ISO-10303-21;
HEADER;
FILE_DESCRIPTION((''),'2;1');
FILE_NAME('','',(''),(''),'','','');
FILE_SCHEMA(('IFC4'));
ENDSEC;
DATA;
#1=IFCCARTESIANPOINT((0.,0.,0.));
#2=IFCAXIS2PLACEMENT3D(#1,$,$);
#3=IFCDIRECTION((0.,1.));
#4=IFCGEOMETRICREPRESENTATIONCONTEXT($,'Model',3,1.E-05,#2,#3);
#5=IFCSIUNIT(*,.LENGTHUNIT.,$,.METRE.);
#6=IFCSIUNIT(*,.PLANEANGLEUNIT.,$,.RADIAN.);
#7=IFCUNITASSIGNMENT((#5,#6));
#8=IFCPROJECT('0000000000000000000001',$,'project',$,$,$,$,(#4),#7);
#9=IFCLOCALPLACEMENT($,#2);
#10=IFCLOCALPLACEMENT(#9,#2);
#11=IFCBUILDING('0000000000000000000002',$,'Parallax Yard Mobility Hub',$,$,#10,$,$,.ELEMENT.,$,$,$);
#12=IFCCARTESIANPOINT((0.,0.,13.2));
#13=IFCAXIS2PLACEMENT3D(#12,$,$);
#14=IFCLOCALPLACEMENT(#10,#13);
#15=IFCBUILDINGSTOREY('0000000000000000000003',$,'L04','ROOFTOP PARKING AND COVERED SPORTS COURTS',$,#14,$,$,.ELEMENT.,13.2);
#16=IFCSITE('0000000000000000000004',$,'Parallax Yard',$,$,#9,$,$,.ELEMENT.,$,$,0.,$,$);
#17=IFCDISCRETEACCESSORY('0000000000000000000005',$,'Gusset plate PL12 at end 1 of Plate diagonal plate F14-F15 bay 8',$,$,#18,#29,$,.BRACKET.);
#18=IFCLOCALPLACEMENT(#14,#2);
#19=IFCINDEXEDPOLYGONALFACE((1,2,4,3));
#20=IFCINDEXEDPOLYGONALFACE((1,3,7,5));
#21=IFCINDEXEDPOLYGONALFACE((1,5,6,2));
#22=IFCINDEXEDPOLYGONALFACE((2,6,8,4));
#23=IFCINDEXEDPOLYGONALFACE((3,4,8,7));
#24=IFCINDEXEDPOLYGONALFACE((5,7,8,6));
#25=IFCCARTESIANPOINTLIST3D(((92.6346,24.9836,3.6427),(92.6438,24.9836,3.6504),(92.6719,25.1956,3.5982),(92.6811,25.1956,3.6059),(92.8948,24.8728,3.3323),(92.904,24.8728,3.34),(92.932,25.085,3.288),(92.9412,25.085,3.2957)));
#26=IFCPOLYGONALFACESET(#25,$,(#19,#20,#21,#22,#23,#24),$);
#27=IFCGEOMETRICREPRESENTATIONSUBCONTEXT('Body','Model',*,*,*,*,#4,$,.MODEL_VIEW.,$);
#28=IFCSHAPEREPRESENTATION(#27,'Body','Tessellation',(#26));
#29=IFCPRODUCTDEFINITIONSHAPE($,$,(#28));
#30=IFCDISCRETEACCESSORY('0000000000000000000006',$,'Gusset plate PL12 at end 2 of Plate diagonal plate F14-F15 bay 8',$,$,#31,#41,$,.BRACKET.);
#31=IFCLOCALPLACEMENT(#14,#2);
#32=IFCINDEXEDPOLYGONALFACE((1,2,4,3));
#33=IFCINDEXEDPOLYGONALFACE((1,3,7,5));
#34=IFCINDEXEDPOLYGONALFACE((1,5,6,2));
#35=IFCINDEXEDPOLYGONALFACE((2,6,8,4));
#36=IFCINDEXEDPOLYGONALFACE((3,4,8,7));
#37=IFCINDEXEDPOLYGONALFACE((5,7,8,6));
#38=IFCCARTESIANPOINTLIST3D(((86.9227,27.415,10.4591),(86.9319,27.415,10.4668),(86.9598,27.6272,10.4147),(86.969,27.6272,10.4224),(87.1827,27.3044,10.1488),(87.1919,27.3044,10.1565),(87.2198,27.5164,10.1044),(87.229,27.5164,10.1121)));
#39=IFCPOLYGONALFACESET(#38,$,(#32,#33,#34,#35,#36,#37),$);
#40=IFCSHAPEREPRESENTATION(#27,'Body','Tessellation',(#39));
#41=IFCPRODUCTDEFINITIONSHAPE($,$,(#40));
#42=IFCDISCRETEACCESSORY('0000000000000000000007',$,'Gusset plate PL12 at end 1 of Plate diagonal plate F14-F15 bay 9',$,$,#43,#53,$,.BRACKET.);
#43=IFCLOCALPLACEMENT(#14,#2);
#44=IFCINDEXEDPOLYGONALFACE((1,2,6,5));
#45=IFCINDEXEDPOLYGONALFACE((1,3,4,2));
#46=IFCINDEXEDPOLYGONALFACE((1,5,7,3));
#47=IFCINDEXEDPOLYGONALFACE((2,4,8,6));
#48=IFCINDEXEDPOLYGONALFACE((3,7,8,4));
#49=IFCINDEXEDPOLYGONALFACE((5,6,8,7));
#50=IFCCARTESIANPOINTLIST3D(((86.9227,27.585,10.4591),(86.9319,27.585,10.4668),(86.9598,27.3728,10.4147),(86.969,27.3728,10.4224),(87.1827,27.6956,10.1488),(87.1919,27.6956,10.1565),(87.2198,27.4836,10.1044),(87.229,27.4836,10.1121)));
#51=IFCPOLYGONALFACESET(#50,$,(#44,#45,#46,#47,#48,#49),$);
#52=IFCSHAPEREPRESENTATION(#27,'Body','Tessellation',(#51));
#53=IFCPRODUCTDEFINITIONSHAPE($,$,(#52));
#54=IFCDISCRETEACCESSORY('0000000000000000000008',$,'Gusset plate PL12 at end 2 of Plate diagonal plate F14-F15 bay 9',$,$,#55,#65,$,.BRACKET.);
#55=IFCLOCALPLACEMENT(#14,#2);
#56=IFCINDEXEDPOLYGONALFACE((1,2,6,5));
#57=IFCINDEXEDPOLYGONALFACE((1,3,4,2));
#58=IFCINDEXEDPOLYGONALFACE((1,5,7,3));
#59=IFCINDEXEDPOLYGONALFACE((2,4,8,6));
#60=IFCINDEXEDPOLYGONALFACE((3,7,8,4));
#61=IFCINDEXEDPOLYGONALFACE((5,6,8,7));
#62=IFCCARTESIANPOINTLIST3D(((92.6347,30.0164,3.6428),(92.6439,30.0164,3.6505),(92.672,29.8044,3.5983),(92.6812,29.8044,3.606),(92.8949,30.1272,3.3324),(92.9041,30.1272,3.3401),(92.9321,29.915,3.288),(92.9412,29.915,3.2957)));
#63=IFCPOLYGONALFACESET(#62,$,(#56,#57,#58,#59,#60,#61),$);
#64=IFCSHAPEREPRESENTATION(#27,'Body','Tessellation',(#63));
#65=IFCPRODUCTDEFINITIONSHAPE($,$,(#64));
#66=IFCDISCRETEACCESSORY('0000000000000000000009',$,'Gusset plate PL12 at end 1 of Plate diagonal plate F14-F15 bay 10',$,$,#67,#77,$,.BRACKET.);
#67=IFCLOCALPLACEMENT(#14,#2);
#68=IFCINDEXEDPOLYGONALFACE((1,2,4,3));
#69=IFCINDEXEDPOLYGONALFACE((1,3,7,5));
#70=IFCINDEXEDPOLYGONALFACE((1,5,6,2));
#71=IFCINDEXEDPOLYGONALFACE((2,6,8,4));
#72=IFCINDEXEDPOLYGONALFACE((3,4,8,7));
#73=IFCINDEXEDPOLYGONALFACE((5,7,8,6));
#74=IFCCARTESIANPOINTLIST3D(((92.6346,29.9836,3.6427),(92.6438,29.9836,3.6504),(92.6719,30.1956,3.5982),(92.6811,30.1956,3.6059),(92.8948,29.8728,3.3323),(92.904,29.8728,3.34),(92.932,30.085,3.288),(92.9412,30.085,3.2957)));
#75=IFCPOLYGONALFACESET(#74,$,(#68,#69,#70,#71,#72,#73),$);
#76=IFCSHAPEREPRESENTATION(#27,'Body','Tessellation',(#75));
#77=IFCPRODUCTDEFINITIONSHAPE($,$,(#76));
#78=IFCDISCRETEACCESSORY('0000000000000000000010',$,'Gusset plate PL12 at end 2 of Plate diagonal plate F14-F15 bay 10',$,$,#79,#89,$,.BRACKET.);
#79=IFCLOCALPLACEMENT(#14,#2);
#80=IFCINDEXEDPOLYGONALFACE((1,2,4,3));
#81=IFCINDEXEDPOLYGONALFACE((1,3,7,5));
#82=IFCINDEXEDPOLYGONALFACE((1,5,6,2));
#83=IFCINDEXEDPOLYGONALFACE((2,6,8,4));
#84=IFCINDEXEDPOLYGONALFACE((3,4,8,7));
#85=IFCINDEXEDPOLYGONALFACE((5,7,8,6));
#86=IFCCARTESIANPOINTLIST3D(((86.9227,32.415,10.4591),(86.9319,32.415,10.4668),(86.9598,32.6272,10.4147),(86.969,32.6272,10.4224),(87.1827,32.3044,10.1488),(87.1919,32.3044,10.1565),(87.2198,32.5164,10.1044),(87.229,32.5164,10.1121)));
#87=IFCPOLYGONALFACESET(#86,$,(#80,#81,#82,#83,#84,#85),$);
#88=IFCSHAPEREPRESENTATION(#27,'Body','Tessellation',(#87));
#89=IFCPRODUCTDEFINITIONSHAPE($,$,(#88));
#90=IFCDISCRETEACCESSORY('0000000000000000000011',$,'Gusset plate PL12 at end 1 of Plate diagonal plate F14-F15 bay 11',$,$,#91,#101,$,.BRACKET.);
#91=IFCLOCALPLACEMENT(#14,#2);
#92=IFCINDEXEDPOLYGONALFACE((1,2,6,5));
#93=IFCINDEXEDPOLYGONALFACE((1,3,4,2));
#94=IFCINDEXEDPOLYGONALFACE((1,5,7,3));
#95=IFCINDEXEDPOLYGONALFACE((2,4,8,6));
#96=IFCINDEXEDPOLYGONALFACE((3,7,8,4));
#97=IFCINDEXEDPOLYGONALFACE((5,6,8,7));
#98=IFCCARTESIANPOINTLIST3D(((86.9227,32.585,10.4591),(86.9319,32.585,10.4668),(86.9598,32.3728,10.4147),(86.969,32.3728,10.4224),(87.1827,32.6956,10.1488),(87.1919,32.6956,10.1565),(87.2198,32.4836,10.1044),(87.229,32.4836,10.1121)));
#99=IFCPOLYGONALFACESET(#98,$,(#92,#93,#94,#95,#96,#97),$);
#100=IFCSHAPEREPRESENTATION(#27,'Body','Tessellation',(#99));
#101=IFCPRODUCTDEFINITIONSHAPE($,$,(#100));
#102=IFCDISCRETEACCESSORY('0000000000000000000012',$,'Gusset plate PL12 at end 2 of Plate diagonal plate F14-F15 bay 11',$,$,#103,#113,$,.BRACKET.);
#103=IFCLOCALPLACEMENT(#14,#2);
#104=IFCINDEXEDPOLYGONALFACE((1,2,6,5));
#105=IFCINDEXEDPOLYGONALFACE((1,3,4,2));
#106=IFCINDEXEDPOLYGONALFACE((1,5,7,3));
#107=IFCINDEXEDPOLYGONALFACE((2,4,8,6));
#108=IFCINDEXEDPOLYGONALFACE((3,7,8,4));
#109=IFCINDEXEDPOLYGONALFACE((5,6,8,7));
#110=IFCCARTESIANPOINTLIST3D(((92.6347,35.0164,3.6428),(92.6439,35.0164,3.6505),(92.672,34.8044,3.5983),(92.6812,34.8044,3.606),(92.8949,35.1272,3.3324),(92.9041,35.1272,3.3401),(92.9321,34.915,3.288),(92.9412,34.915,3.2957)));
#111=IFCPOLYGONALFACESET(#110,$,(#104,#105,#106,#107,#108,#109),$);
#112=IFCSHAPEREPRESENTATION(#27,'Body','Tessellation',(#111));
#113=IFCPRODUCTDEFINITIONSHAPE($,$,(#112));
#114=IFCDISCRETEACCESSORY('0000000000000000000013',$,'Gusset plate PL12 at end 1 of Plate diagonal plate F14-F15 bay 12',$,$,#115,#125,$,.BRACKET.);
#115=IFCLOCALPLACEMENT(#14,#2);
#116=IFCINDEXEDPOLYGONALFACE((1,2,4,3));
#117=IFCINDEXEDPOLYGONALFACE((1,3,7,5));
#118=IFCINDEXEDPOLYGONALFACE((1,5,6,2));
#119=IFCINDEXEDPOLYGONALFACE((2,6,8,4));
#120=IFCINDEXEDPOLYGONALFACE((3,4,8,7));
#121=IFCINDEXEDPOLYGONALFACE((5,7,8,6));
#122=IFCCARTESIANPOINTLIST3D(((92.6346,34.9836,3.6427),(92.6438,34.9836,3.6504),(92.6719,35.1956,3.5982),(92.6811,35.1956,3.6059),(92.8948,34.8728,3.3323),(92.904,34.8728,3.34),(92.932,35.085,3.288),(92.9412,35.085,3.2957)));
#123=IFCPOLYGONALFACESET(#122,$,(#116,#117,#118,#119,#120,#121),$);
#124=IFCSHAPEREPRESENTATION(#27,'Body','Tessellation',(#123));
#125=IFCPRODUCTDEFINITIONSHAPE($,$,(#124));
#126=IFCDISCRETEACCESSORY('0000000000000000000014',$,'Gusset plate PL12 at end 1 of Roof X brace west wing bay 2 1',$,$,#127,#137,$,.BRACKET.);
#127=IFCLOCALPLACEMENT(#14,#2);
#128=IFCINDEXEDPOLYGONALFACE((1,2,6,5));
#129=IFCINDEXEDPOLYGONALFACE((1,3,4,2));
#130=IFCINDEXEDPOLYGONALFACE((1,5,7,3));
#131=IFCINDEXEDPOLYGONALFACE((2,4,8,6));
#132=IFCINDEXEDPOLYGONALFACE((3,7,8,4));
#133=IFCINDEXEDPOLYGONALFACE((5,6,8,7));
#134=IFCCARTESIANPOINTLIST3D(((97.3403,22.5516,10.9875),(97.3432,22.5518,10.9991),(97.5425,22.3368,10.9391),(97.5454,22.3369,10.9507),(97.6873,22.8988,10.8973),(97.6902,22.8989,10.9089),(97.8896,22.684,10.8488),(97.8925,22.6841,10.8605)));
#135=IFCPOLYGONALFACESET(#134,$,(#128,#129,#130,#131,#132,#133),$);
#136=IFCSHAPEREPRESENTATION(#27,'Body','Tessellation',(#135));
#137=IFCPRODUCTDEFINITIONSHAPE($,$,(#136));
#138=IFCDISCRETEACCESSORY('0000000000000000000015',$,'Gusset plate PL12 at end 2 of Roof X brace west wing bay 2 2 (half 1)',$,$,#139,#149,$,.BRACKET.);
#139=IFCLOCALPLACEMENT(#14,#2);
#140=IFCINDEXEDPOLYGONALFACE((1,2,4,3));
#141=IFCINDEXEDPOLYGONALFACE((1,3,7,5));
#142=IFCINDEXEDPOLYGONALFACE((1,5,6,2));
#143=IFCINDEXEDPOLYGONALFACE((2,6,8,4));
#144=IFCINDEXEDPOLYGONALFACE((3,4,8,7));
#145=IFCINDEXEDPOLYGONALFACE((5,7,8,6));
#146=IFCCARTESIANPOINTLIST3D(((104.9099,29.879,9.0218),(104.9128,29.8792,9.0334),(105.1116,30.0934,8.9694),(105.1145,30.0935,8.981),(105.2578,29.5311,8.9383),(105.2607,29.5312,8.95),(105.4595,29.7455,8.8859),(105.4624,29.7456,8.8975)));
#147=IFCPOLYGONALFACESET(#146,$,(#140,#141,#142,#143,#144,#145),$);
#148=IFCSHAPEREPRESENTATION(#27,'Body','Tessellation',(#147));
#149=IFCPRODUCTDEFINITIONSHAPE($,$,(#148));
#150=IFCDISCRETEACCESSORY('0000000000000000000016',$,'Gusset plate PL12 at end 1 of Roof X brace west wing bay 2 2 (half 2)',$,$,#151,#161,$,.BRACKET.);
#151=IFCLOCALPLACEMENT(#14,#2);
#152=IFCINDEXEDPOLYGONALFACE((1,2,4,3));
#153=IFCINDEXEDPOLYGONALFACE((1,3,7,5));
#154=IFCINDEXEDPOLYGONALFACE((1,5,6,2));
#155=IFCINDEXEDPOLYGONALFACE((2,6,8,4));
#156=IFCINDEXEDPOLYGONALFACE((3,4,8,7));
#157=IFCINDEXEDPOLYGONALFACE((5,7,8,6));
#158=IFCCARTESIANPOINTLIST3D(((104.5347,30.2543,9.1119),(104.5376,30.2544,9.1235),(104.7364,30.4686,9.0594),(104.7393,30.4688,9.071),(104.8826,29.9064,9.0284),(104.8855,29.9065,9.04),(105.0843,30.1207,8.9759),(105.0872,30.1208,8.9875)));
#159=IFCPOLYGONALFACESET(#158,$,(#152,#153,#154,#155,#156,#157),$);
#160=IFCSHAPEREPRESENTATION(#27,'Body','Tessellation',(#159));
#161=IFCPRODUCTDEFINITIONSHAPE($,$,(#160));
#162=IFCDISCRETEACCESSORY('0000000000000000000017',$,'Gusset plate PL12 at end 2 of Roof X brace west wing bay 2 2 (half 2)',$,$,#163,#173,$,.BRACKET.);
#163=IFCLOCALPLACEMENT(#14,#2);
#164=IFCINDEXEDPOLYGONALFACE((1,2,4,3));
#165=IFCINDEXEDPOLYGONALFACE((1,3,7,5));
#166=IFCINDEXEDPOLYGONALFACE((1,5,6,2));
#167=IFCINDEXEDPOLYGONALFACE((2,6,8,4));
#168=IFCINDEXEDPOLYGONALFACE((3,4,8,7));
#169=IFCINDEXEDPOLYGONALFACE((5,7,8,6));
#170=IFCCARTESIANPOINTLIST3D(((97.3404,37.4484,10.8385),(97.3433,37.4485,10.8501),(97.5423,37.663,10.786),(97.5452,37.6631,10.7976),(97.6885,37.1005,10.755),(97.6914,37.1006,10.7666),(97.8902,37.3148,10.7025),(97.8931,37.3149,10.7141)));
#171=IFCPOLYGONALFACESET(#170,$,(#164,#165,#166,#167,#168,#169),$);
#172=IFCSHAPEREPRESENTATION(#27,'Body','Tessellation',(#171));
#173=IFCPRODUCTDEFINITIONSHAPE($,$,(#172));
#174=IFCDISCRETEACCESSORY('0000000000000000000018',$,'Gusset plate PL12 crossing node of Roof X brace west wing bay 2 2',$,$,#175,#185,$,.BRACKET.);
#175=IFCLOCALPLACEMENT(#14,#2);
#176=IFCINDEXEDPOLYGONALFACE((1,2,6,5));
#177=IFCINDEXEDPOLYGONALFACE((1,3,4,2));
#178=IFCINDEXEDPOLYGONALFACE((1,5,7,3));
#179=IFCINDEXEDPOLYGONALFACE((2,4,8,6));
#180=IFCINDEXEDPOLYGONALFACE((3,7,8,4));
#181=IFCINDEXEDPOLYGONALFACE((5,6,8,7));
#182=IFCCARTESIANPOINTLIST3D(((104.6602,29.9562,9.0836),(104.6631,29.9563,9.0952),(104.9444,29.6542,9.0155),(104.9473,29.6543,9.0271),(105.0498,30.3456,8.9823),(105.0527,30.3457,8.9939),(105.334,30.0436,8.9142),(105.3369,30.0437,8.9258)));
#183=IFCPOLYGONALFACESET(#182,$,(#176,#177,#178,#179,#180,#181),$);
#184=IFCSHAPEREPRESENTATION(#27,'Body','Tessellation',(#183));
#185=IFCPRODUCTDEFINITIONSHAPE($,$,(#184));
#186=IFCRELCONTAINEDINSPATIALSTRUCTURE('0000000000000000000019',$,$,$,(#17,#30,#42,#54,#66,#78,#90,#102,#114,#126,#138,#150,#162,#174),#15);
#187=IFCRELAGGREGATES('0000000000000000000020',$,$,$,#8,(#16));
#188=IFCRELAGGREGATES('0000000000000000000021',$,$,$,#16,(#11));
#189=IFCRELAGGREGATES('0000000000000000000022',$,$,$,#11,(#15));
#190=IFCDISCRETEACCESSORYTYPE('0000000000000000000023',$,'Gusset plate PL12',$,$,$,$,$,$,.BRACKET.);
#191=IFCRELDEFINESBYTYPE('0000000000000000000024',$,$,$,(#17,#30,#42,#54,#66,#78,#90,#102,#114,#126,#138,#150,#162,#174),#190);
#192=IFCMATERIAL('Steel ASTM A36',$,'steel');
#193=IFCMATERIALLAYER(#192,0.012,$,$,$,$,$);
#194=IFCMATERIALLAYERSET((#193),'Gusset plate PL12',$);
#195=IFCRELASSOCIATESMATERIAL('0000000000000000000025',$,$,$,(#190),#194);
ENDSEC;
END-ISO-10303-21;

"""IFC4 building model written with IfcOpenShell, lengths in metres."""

from ifc_helpers import new_model, si_unit, direction, frame, origin, place, context, subcontext, project, spatial, polyline, outline, extrude, material, layer, layer_set, type_object, element, save


model = new_model("IFC4")

# Units and contexts
model_context = context("Model", 3, precision=1e-05, world=origin(), true_north=direction((0.0, 1.0)))
body_context = subcontext(model_context, "Body", "Model", "MODEL_VIEW")
ifc_project = project(units=[si_unit("LENGTHUNIT", "METRE"), si_unit("PLANEANGLEUNIT", "RADIAN")], contexts=[model_context])

# Site, building, storey
site_placement = place(None, origin())
site = spatial("IfcSite", under=ifc_project, at=site_placement, Name="Parallax Yard", CompositionType="ELEMENT", RefElevation=0.0)
building_placement = place(site_placement, origin())
building = spatial("IfcBuilding", under=site, at=building_placement, Name="Parallax Yard Mobility Hub", CompositionType="ELEMENT")
storey_placement = place(building_placement, frame((0.0, 0.0, 13.2)))
storey = spatial("IfcBuildingStorey", under=building, at=storey_placement, Name="L04", Description="ROOFTOP PARKING AND COVERED SPORTS COURTS", CompositionType="ELEMENT", Elevation=13.2)

# Discrete accessories
ifc_material_1 = material(Name="Steel ASTM A36", Category="steel")
ifc_layer = layer(ifc_material_1, 0.012)
ifc_layer_set = layer_set([ifc_layer], Name="Gusset plate PL12")
discrete_accessory_type = type_object("IfcDiscreteAccessoryType", Name="Gusset plate PL12", PredefinedType="BRACKET", material=ifc_layer_set)
discrete_accessory_1_placement = place(storey_placement, frame((92.6438, 24.9836, 3.6504), z_axis=(0.766351, 0.00006, 0.642423), x_axis=(0.619648, -0.263975, -0.739157)))
element("IfcDiscreteAccessory", 1, at=discrete_accessory_1_placement, inside=storey, type_object=discrete_accessory_type, Name="Gusset plate PL12 at end 1 of Plate diagonal plate F14-F15 bay 8", PredefinedType="BRACKET", context=body_context, shape_type="SweptSolid", body=[
    extrude(outline(polyline([(0.0, 0.0), (0.4199, 0.0), (0.4197, 0.2199), (0.0, 0.2197), (0.0, 0.0)])), origin(), (0.0, 0.0, -1.0), 0.012),
])
discrete_accessory_2_placement = place(storey_placement, frame((87.229, 27.5164, 10.1121), z_axis=(0.766561, 0.000412, 0.642172), x_axis=(-0.61946, 0.26407, 0.739281)))
element("IfcDiscreteAccessory", 2, at=discrete_accessory_2_placement, inside=storey, type_object=discrete_accessory_type, Name="Gusset plate PL12 at end 2 of Plate diagonal plate F14-F15 bay 8", PredefinedType="BRACKET", context=body_context, shape_type="SweptSolid", body=[
    extrude(outline(polyline([(0.0, 0.0), (0.4197, 0.0), (0.4195, 0.2199), (-0.0001, 0.2197), (0.0, 0.0)])), origin(), (0.0, 0.0, -1.0), 0.012),
])
discrete_accessory_3_placement = place(storey_placement, frame((87.1919, 27.6956, 10.1565), z_axis=(0.766561, -0.000412, 0.642172), x_axis=(-0.619555, -0.263529, 0.739394)))
element("IfcDiscreteAccessory", 3, at=discrete_accessory_3_placement, inside=storey, type_object=discrete_accessory_type, Name="Gusset plate PL12 at end 1 of Plate diagonal plate F14-F15 bay 9", PredefinedType="BRACKET", context=body_context, shape_type="SweptSolid", body=[
    extrude(outline(polyline([(0.0, 0.0), (0.4197, 0.0), (0.4197, 0.2199), (0.0, 0.2197), (0.0, 0.0)])), origin(), (0.0, 0.0, -1.0), 0.012),
])
discrete_accessory_4_placement = place(storey_placement, frame((92.6812, 29.8044, 3.606), z_axis=(0.766351, -0.00006, 0.642423), x_axis=(0.619726, 0.263529, -0.739251)))
element("IfcDiscreteAccessory", 4, at=discrete_accessory_4_placement, inside=storey, type_object=discrete_accessory_type, Name="Gusset plate PL12 at end 2 of Plate diagonal plate F14-F15 bay 9", PredefinedType="BRACKET", context=body_context, shape_type="SweptSolid", body=[
    extrude(outline(polyline([(0.0, 0.0), (0.4197, 0.0), (0.4197, 0.2199), (-0.0002, 0.2197), (0.0, 0.0)])), origin(), (0.0, 0.0, -1.0), 0.012),
])
discrete_accessory_5_placement = place(storey_placement, frame((92.6438, 29.9836, 3.6504), z_axis=(0.766351, 0.00006, 0.642423), x_axis=(0.619648, -0.263975, -0.739157)))
element("IfcDiscreteAccessory", 5, at=discrete_accessory_5_placement, inside=storey, type_object=discrete_accessory_type, Name="Gusset plate PL12 at end 1 of Plate diagonal plate F14-F15 bay 10", PredefinedType="BRACKET", context=body_context, shape_type="SweptSolid", body=[
    extrude(outline(polyline([(0.0, 0.0), (0.4199, 0.0), (0.4197, 0.2199), (0.0, 0.2197), (0.0, 0.0)])), origin(), (0.0, 0.0, -1.0), 0.012),
])
discrete_accessory_6_placement = place(storey_placement, frame((87.229, 32.5164, 10.1121), z_axis=(0.766561, 0.000412, 0.642172), x_axis=(-0.61946, 0.26407, 0.739281)))
element("IfcDiscreteAccessory", 6, at=discrete_accessory_6_placement, inside=storey, type_object=discrete_accessory_type, Name="Gusset plate PL12 at end 2 of Plate diagonal plate F14-F15 bay 10", PredefinedType="BRACKET", context=body_context, shape_type="SweptSolid", body=[
    extrude(outline(polyline([(0.0, 0.0), (0.4197, 0.0), (0.4195, 0.2199), (-0.0001, 0.2197), (0.0, 0.0)])), origin(), (0.0, 0.0, -1.0), 0.012),
])
discrete_accessory_7_placement = place(storey_placement, frame((87.1919, 32.6956, 10.1565), z_axis=(0.766561, -0.000412, 0.642172), x_axis=(-0.619555, -0.263529, 0.739394)))
element("IfcDiscreteAccessory", 7, at=discrete_accessory_7_placement, inside=storey, type_object=discrete_accessory_type, Name="Gusset plate PL12 at end 1 of Plate diagonal plate F14-F15 bay 11", PredefinedType="BRACKET", context=body_context, shape_type="SweptSolid", body=[
    extrude(outline(polyline([(0.0, 0.0), (0.4197, 0.0), (0.4197, 0.2199), (0.0, 0.2197), (0.0, 0.0)])), origin(), (0.0, 0.0, -1.0), 0.012),
])
discrete_accessory_8_placement = place(storey_placement, frame((92.6812, 34.8044, 3.606), z_axis=(0.766351, -0.00006, 0.642423), x_axis=(0.619726, 0.263529, -0.739251)))
element("IfcDiscreteAccessory", 8, at=discrete_accessory_8_placement, inside=storey, type_object=discrete_accessory_type, Name="Gusset plate PL12 at end 2 of Plate diagonal plate F14-F15 bay 11", PredefinedType="BRACKET", context=body_context, shape_type="SweptSolid", body=[
    extrude(outline(polyline([(0.0, 0.0), (0.4197, 0.0), (0.4197, 0.2199), (-0.0002, 0.2197), (0.0, 0.0)])), origin(), (0.0, 0.0, -1.0), 0.012),
])
discrete_accessory_9_placement = place(storey_placement, frame((92.6438, 34.9836, 3.6504), z_axis=(0.766351, 0.00006, 0.642423), x_axis=(0.619648, -0.263975, -0.739157)))
element("IfcDiscreteAccessory", 9, at=discrete_accessory_9_placement, inside=storey, type_object=discrete_accessory_type, Name="Gusset plate PL12 at end 1 of Plate diagonal plate F14-F15 bay 12", PredefinedType="BRACKET", context=body_context, shape_type="SweptSolid", body=[
    extrude(outline(polyline([(0.0, 0.0), (0.4199, 0.0), (0.4197, 0.2199), (0.0, 0.2197), (0.0, 0.0)])), origin(), (0.0, 0.0, -1.0), 0.012),
])
discrete_accessory_10_placement = place(storey_placement, frame((97.6902, 22.8989, 10.9089), z_axis=(0.242587, 0.00957, 0.970083), x_axis=(-0.695253, -0.695674, 0.180724)))
element("IfcDiscreteAccessory", 10, at=discrete_accessory_10_placement, inside=storey, type_object=discrete_accessory_type, Name="Gusset plate PL12 at end 1 of Roof X brace west wing bay 2 1", PredefinedType="BRACKET", context=body_context, shape_type="SweptSolid", body=[
    extrude(outline(polyline([(0.0, 0.0), (0.499, 0.0), (0.4992, 0.299), (0.0, 0.2991), (0.0, 0.0)])), origin(), (0.0, 0.0, -1.0), 0.012),
])
for number, where, z_axis, x_axis, name in (
    (11, (105.4624, 29.7456, 8.8975), (0.242375, 0.009542, 0.970136), (-0.697139, 0.697139, 0.167313), "Gusset plate PL12 at end 2 of Roof X brace west wing bay 2 2 (half 1)"),
    (12, (104.5376, 30.2544, 9.1235), (0.242375, 0.009542, 0.970136), (0.697139, -0.697139, -0.167313), "Gusset plate PL12 at end 1 of Roof X brace west wing bay 2 2 (half 2)"),
):
    element("IfcDiscreteAccessory", number, at=place(storey_placement, frame(where, z_axis=z_axis, x_axis=x_axis)), inside=storey, type_object=discrete_accessory_type, Name=name, PredefinedType="BRACKET", context=body_context, shape_type="SweptSolid", body=[
        extrude(outline(polyline([(0.0, 0.0), (0.499, 0.0), (0.499, 0.2989), (-0.0001, 0.2989), (0.0, 0.0)])), origin(), (0.0, 0.0, -1.0), 0.012),
    ])
discrete_accessory_11_placement = place(storey_placement, frame((97.8931, 37.3149, 10.7141), z_axis=(0.242265, 0.009508, 0.970163), x_axis=(-0.696916, 0.69739, 0.167197)))
element("IfcDiscreteAccessory", 13, at=discrete_accessory_11_placement, inside=storey, type_object=discrete_accessory_type, Name="Gusset plate PL12 at end 2 of Roof X brace west wing bay 2 2 (half 2)", PredefinedType="BRACKET", context=body_context, shape_type="SweptSolid", body=[
    extrude(outline(polyline([(0.0, 0.0), (0.4992, 0.0), (0.499, 0.2993), (-0.0002, 0.2989), (0.0, 0.0)])), origin(), (0.0, 0.0, -1.0), 0.012),
])
discrete_accessory_12_placement = place(storey_placement, frame((104.9473, 29.6543, 9.0271), z_axis=(0.24268, 0.009566, 0.970059), x_axis=(0.69566, 0.695224, -0.180889)))
element("IfcDiscreteAccessory", 14, at=discrete_accessory_12_placement, inside=storey, type_object=discrete_accessory_type, Name="Gusset plate PL12 crossing node of Roof X brace west wing bay 2 2", PredefinedType="BRACKET", context=body_context, shape_type="SweptSolid", body=[
    extrude(outline(polyline([(0.0, 0.0), (0.5601, 0.0), (0.5601, 0.4202), (-0.0001, 0.4202), (0.0, 0.0)])), origin(), (0.0, 0.0, -1.0), 0.012),
])

save(model, "model.ifc")
